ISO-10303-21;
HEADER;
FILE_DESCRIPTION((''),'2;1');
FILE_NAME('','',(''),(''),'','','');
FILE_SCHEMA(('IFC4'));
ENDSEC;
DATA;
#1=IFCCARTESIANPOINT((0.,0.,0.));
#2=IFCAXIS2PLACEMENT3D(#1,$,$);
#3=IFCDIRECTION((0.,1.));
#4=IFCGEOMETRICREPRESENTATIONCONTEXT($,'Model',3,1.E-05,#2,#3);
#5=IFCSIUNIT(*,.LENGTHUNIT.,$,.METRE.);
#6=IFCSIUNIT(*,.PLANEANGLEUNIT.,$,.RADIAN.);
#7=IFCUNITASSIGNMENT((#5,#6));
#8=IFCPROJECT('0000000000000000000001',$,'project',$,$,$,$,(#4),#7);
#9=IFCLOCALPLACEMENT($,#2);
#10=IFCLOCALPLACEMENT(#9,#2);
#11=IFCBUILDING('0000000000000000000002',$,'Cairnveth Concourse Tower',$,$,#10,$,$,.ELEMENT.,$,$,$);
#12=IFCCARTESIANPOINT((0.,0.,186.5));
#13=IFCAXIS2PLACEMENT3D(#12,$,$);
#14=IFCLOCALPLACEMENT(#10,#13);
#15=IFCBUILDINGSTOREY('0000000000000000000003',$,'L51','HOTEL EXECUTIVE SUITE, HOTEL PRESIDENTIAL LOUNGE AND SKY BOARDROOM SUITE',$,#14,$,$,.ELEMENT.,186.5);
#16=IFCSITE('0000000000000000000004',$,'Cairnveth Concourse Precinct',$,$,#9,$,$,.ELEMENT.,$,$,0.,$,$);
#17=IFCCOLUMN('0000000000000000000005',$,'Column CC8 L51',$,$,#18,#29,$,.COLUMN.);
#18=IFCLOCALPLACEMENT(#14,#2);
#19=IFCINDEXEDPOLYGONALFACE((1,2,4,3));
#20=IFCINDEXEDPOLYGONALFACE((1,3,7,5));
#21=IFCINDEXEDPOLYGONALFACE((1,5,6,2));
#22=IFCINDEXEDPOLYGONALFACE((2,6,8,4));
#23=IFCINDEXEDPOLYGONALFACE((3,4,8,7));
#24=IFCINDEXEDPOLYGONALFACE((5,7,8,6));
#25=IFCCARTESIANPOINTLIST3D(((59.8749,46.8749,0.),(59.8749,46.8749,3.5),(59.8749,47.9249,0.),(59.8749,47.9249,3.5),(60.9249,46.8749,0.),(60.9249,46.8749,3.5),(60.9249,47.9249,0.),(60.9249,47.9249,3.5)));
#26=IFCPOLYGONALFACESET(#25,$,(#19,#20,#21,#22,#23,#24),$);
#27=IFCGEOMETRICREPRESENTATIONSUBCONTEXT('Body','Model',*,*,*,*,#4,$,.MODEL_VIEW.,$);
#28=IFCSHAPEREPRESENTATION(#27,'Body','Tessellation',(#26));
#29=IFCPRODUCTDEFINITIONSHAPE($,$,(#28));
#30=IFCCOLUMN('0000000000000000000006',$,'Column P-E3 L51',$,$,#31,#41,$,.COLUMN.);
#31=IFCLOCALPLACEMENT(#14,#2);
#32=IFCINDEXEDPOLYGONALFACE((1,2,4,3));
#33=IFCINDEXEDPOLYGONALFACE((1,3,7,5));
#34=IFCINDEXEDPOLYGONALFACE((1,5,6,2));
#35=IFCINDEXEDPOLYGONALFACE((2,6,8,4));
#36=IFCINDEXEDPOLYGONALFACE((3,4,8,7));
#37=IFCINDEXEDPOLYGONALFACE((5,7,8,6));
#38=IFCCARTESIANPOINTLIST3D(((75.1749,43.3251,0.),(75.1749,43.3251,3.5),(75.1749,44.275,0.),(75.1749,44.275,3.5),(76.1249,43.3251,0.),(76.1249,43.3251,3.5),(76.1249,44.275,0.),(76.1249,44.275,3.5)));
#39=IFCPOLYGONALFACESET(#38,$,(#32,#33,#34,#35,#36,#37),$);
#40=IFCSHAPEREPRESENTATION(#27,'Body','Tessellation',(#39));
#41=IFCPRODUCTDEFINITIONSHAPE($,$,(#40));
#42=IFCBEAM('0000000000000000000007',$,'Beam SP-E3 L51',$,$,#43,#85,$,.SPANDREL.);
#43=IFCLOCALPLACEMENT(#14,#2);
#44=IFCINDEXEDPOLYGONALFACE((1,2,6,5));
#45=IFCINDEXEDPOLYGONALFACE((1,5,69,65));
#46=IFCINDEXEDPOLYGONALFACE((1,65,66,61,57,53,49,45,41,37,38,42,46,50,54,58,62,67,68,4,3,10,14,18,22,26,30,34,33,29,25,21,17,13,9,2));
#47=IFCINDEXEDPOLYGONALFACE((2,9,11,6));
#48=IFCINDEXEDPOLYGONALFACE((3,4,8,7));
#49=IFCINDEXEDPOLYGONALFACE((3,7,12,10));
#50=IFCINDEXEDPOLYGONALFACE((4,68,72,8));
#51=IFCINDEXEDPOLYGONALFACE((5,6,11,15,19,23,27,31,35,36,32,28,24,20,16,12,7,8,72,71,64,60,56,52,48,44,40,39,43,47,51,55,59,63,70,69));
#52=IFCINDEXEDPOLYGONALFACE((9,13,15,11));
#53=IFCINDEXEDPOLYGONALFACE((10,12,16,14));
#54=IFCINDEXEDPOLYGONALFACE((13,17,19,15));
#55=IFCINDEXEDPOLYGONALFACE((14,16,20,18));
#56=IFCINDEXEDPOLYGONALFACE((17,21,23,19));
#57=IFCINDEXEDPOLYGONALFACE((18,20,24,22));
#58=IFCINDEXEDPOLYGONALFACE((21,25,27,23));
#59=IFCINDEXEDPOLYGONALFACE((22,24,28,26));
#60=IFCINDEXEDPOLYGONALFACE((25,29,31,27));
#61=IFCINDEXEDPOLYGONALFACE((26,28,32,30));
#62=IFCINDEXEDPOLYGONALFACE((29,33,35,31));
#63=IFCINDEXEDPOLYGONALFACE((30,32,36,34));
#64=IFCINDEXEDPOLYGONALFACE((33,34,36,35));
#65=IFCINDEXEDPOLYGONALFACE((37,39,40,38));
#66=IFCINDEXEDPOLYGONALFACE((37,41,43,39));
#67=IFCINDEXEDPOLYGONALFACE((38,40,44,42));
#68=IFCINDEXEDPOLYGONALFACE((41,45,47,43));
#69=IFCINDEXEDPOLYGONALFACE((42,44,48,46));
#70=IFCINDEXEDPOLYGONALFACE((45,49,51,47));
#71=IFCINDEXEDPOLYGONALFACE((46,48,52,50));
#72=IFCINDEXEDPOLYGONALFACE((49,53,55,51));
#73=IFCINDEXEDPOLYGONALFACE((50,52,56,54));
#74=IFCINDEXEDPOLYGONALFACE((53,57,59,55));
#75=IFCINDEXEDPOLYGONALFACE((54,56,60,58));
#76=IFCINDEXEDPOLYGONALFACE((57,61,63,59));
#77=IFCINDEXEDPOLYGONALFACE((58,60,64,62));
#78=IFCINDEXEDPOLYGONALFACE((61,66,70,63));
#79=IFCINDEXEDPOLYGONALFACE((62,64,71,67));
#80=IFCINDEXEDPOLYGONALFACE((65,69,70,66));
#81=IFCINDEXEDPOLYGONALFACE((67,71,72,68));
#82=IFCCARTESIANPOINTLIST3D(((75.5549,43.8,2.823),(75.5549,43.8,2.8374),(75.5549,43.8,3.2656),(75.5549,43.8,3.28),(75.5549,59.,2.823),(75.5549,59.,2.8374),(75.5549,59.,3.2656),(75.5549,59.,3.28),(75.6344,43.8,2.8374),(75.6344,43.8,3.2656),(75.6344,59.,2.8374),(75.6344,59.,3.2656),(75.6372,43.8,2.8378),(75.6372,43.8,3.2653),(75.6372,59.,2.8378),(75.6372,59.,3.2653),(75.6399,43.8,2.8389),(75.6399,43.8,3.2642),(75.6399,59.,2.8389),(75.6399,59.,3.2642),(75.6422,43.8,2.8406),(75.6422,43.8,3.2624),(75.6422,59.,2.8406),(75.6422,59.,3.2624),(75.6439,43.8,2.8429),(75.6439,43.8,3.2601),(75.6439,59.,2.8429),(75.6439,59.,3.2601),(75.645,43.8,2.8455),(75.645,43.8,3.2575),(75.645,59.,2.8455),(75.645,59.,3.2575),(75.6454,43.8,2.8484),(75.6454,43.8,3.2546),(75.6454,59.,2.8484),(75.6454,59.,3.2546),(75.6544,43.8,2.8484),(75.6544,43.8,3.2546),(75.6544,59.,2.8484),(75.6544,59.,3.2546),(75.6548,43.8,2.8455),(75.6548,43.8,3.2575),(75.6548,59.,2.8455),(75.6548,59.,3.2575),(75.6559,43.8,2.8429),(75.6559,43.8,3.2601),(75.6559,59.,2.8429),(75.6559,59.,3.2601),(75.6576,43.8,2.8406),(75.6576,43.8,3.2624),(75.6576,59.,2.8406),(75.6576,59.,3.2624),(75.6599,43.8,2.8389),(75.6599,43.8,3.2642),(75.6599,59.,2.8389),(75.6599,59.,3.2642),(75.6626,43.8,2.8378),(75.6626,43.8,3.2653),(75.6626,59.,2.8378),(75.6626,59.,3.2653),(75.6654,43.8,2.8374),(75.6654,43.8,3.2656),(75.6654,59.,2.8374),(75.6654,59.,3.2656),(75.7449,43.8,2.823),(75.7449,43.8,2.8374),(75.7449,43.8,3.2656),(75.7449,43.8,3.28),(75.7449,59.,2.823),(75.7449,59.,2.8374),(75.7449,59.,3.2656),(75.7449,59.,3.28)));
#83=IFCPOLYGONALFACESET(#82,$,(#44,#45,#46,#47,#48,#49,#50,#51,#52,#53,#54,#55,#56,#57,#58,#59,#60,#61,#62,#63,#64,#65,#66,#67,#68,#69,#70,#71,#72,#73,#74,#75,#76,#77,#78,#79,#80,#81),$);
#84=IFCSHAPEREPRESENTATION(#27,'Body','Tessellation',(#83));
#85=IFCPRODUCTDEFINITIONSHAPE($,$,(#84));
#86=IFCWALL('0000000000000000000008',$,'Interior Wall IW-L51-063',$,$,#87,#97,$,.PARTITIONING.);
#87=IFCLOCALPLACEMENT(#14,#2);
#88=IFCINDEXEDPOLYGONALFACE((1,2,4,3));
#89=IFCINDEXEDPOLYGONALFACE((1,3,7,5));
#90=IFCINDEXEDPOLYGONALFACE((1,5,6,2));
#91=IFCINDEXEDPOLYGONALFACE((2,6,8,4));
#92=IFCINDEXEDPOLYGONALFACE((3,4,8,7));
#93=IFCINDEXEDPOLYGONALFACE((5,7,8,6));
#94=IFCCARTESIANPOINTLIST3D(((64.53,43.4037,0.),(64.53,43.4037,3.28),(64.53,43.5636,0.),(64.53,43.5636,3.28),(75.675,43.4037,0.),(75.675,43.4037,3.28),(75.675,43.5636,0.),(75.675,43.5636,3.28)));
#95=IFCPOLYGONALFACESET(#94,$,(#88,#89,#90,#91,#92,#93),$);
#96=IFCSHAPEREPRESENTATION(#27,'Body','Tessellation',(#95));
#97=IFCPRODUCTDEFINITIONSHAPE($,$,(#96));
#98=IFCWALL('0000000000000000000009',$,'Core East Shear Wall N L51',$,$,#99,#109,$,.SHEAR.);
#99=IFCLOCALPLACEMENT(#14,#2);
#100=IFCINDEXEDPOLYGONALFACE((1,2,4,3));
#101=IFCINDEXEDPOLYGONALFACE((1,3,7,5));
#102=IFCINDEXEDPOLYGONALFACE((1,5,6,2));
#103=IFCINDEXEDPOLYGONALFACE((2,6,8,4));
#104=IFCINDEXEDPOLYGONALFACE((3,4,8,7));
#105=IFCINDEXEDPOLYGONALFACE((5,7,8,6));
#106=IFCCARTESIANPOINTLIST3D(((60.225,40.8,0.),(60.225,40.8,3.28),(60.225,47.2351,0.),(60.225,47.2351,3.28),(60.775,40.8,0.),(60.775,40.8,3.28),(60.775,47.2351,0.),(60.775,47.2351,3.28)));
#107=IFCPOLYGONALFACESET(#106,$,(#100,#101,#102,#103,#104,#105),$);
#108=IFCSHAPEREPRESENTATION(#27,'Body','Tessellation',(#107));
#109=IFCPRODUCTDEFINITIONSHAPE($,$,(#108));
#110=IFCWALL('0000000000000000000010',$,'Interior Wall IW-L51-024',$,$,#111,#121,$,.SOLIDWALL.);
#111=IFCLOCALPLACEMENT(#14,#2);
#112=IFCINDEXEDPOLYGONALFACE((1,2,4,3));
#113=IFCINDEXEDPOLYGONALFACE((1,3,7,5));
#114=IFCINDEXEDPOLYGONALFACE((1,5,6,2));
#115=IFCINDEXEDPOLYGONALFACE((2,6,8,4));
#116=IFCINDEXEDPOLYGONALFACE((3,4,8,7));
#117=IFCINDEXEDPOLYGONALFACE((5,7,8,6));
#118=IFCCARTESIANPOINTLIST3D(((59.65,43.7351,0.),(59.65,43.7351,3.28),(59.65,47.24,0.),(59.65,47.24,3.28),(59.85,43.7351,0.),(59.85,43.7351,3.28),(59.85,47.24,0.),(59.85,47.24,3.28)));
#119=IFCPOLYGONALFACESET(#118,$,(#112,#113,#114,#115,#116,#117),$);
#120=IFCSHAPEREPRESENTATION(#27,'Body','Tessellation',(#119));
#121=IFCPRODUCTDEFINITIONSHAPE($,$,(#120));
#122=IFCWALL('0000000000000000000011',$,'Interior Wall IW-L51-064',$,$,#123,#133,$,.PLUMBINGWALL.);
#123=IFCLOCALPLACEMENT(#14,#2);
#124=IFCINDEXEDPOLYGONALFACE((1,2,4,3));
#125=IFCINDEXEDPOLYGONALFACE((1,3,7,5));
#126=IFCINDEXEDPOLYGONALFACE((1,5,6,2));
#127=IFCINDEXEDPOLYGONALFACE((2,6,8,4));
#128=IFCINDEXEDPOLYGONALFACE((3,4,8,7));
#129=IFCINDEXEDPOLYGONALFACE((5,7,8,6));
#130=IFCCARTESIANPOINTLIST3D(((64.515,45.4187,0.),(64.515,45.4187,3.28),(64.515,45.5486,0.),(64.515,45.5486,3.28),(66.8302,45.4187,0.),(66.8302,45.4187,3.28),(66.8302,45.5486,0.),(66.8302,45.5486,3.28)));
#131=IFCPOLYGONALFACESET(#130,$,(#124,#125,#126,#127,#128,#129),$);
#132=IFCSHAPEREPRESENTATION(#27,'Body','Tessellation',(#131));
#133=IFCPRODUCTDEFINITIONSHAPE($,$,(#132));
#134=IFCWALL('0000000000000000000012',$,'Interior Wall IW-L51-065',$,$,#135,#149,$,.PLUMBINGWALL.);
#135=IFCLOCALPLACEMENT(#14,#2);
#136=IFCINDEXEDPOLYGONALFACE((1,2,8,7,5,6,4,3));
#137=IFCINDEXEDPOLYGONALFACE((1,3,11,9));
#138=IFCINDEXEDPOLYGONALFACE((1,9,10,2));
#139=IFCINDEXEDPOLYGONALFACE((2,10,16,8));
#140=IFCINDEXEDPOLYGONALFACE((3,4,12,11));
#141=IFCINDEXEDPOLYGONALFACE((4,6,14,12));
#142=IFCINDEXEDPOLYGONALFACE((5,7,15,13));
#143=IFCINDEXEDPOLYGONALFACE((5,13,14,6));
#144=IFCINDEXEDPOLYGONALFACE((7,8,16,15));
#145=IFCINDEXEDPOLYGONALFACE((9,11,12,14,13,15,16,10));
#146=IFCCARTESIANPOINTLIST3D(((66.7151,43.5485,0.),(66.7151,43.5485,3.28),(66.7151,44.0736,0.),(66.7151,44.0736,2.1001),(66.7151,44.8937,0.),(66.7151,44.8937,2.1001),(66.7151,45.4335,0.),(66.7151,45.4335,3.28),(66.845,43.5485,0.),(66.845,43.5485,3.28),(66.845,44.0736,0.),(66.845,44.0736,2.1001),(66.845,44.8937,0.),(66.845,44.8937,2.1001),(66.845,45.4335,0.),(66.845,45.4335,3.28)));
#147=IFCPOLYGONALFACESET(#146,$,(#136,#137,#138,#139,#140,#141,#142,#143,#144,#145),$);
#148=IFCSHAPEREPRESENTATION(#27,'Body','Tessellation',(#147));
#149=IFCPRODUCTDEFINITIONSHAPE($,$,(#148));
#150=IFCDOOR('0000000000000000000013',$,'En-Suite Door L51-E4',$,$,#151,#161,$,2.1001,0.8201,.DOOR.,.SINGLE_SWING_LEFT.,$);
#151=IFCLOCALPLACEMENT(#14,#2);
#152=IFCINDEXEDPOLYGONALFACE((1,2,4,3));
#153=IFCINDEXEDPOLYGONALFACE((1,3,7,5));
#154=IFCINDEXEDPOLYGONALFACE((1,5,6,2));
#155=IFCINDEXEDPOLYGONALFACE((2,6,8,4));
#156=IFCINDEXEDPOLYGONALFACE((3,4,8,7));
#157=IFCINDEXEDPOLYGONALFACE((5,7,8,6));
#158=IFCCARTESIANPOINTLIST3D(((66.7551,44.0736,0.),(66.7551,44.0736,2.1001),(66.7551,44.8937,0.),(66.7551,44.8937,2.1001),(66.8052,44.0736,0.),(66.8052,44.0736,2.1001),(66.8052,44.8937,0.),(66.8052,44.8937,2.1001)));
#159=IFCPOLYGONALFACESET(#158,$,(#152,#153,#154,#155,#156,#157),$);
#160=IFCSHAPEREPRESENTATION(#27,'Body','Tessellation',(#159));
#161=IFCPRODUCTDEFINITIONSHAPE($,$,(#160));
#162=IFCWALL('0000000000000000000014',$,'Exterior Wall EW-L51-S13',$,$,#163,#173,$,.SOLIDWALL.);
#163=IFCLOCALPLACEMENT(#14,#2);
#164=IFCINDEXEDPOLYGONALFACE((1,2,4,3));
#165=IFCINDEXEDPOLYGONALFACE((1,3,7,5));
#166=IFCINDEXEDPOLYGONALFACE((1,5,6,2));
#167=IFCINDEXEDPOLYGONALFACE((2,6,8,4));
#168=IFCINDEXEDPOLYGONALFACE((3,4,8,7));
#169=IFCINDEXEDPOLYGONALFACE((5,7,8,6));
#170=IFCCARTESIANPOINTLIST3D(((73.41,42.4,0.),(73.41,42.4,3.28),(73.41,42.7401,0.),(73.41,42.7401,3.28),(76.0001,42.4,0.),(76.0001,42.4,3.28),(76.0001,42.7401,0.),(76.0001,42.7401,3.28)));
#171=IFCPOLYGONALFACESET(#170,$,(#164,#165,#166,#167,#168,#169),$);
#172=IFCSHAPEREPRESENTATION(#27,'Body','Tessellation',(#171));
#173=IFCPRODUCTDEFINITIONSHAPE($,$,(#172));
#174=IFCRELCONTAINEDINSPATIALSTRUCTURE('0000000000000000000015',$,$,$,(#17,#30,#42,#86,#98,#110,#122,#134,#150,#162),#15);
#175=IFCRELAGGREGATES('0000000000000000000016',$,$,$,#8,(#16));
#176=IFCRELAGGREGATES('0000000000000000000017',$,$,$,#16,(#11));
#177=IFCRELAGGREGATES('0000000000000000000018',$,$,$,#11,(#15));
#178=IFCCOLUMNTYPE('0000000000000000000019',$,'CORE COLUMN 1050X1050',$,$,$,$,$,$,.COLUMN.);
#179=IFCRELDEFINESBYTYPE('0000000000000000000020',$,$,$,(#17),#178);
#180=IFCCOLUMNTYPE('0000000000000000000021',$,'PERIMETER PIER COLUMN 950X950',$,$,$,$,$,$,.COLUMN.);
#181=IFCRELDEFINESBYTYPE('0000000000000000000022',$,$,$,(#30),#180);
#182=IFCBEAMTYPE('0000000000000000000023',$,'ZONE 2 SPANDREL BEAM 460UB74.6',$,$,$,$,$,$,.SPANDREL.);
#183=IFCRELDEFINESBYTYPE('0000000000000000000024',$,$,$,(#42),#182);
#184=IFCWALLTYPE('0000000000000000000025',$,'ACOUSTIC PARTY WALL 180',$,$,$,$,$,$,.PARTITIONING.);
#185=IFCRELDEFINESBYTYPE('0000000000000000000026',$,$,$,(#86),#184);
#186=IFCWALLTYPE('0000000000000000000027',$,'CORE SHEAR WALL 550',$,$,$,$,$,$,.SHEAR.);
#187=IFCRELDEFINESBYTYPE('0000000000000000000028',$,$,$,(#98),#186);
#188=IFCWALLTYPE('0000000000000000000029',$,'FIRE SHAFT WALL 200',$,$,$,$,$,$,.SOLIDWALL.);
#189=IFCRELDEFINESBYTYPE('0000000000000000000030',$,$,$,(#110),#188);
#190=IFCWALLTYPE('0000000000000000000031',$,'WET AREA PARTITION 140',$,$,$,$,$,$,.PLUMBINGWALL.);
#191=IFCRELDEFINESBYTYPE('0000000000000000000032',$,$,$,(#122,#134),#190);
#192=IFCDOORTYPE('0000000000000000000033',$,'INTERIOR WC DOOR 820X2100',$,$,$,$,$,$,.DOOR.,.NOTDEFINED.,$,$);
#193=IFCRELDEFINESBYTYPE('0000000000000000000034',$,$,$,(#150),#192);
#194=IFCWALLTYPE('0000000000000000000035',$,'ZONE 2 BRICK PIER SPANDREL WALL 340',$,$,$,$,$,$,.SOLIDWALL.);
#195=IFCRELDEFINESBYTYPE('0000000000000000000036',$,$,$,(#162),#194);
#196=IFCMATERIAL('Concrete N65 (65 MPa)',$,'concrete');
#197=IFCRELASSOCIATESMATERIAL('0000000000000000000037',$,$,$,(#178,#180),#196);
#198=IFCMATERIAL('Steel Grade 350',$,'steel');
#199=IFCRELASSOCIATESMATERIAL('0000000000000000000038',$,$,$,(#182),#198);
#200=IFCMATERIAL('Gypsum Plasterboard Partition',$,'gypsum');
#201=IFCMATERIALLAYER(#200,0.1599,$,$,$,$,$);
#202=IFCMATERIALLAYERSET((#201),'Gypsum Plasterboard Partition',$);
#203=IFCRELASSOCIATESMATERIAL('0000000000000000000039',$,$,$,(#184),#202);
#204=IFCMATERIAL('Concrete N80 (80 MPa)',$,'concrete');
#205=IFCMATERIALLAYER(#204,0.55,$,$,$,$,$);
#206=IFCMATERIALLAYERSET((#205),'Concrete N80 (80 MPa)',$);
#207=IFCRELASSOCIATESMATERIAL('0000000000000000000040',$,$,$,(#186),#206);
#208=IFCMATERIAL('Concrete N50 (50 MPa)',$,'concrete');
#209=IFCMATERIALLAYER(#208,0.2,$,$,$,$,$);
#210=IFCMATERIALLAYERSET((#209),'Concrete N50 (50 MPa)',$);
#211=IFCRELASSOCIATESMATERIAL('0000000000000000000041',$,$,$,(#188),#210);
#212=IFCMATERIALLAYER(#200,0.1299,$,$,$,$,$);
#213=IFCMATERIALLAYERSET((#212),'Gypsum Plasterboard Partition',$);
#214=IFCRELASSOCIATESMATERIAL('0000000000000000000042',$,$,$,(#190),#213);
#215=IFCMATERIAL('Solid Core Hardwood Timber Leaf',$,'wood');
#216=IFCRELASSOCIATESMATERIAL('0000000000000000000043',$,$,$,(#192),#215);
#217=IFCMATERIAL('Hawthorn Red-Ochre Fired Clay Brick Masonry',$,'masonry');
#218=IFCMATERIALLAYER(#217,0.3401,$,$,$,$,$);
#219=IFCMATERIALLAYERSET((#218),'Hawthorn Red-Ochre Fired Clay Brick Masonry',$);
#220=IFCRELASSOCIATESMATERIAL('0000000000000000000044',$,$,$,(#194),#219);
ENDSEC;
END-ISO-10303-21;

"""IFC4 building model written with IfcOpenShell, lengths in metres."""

from ifc_helpers import new_model, si_unit, direction, frame, frame_2d, origin, origin_2d, place, context, subcontext, project, spatial, rectangle, i_section, extrude, material, layer, layer_set, material_profile, profile_set, type_object, element, fill, save


model = new_model("IFC4")

# Units and contexts
model_context = context("Model", 3, precision=1e-05, world=origin(), true_north=direction((0.0, 1.0)))
body_context = subcontext(model_context, "Body", "Model", "MODEL_VIEW")
ifc_project = project(units=[si_unit("LENGTHUNIT", "METRE"), si_unit("PLANEANGLEUNIT", "RADIAN")], contexts=[model_context])

# Site, building, storey
site_placement = place(None, origin())
site = spatial("IfcSite", under=ifc_project, at=site_placement, Name="Cairnveth Concourse Precinct", CompositionType="ELEMENT", RefElevation=0.0)
building_placement = place(site_placement, origin())
building = spatial("IfcBuilding", under=site, at=building_placement, Name="Cairnveth Concourse Tower", CompositionType="ELEMENT")
storey_placement = place(building_placement, frame((0.0, 0.0, 186.5)))
storey = spatial("IfcBuildingStorey", under=building, at=storey_placement, Name="L51", Description="HOTEL EXECUTIVE SUITE, HOTEL PRESIDENTIAL LOUNGE AND SKY BOARDROOM SUITE", CompositionType="ELEMENT", Elevation=186.5)

# Columns
ifc_material_1 = material(Name="Concrete N65 (65 MPa)", Category="concrete")
ifc_material_profile_1 = material_profile(ifc_material_1, rectangle(XDim=1.05, YDim=1.05, at=origin_2d()), Name="RC-COL-1050x1050")
ifc_profile_set_1 = profile_set([ifc_material_profile_1], Name="Concrete N65 (65 MPa)")
column_type_1 = type_object("IfcColumnType", Name="CORE COLUMN 1050X1050", PredefinedType="COLUMN", material=ifc_profile_set_1)
column_1_placement = place(storey_placement, frame((60.3999, 47.3999, 0.0), z_axis=(0.0, 0.0, 1.0), x_axis=(1.0, 0.0, 0.0)))
element("IfcColumn", 1, at=column_1_placement, inside=storey, type_object=column_type_1, Name="Column CC8 L51", PredefinedType="COLUMN", context=body_context, shape_type="SweptSolid", body=[
    extrude(rectangle(XDim=1.05, YDim=1.05, at=origin_2d()), origin(), (0.0, 0.0, 1.0), 3.5),
])
ifc_material_profile_2 = material_profile(ifc_material_1, rectangle(XDim=0.95, YDim=0.95, at=origin_2d()), Name="RC-COL-950x950")
ifc_profile_set_2 = profile_set([ifc_material_profile_2], Name="Concrete N65 (65 MPa)")
column_type_2 = type_object("IfcColumnType", Name="PERIMETER PIER COLUMN 950X950", PredefinedType="COLUMN", material=ifc_profile_set_2)
column_2_placement = place(storey_placement, frame((75.6499, 43.8, 0.0), z_axis=(0.0, 0.0, 1.0), x_axis=(0.0, 1.0, 0.0)))
element("IfcColumn", 2, at=column_2_placement, inside=storey, type_object=column_type_2, Name="Column P-E3 L51", PredefinedType="COLUMN", context=body_context, shape_type="SweptSolid", body=[
    extrude(rectangle(XDim=0.95, YDim=0.95, at=origin_2d()), origin(), (0.0, 0.0, 1.0), 3.5),
])

# Beam
ifc_material_2 = material(Name="Steel Grade 350", Category="steel")
ifc_material_profile_3 = material_profile(ifc_material_2, i_section(OverallWidth=0.1899, OverallDepth=0.457, WebThickness=0.009, FlangeThickness=0.0144, FilletRadius=0.011, at=origin_2d()), Name="460UB74.6")
ifc_profile_set_3 = profile_set([ifc_material_profile_3], Name="Steel Grade 350")
beam_type = type_object("IfcBeamType", Name="ZONE 2 SPANDREL BEAM 460UB74.6", PredefinedType="SPANDREL", material=ifc_profile_set_3)
beam_placement = place(storey_placement, frame((75.6499, 43.8, 3.0515), z_axis=(0.0, 1.0, 0.0), x_axis=(-1.0, 0.0, 0.0)))
element("IfcBeam", 3, at=beam_placement, inside=storey, type_object=beam_type, Name="Beam SP-E3 L51", PredefinedType="SPANDREL", context=body_context, shape_type="SweptSolid", body=[
    extrude(i_section(OverallWidth=0.1899, OverallDepth=0.457, WebThickness=0.009, FlangeThickness=0.0144, FilletRadius=0.011, at=origin_2d()), origin(), (0.0, 0.0, 1.0), 15.2),
])

# Walls
ifc_material_3 = material(Name="Gypsum Plasterboard Partition", Category="gypsum")
ifc_layer_1 = layer(ifc_material_3, 0.1599)
ifc_layer_set_1 = layer_set([ifc_layer_1], Name="Gypsum Plasterboard Partition")
wall_type_1 = type_object("IfcWallType", Name="ACOUSTIC PARTY WALL 180", PredefinedType="PARTITIONING", material=ifc_layer_set_1)
wall_1_placement = place(storey_placement, frame((64.53, 43.4836, 0.0), z_axis=(0.0, 0.0, 1.0), x_axis=(1.0, 0.0, 0.0)))
element("IfcWall", 4, at=wall_1_placement, inside=storey, type_object=wall_type_1, Name="Interior Wall IW-L51-063", PredefinedType="PARTITIONING", context=body_context, shape_type="SweptSolid", body=[
    extrude(rectangle(XDim=11.145, YDim=0.1599, at=frame_2d((5.5725, 0.0))), origin(), (0.0, 0.0, 1.0), 3.28),
])
ifc_material_4 = material(Name="Concrete N80 (80 MPa)", Category="concrete")
ifc_layer_2 = layer(ifc_material_4, 0.55)
ifc_layer_set_2 = layer_set([ifc_layer_2], Name="Concrete N80 (80 MPa)")
wall_type_2 = type_object("IfcWallType", Name="CORE SHEAR WALL 550", PredefinedType="SHEAR", material=ifc_layer_set_2)
wall_2_placement = place(storey_placement, frame((60.5, 40.8, 0.0), z_axis=(0.0, 0.0, 1.0), x_axis=(0.0, 1.0, 0.0)))
element("IfcWall", 5, at=wall_2_placement, inside=storey, type_object=wall_type_2, Name="Core East Shear Wall N L51", PredefinedType="SHEAR", context=body_context, shape_type="SweptSolid", body=[
    extrude(rectangle(XDim=6.4351, YDim=0.55, at=frame_2d((3.2175, 0.0))), origin(), (0.0, 0.0, 1.0), 3.28),
])

# Shared definitions
ifc_material_5 = material(Name="Concrete N50 (50 MPa)", Category="concrete")
ifc_layer_3 = layer(ifc_material_5, 0.2)
ifc_layer_set_3 = layer_set([ifc_layer_3], Name="Concrete N50 (50 MPa)")
wall_type_3 = type_object("IfcWallType", Name="FIRE SHAFT WALL 200", PredefinedType="SOLIDWALL", material=ifc_layer_set_3)

# Walls
wall_3_placement = place(storey_placement, frame((59.75, 43.7351, 0.0), z_axis=(0.0, 0.0, 1.0), x_axis=(0.0, 1.0, 0.0)))
element("IfcWall", 6, at=wall_3_placement, inside=storey, type_object=wall_type_3, Name="Interior Wall IW-L51-024", PredefinedType="SOLIDWALL", context=body_context, shape_type="SweptSolid", body=[
    extrude(rectangle(XDim=3.5049, YDim=0.2, at=frame_2d((1.7524, 0.0))), origin(), (0.0, 0.0, 1.0), 3.28),
])
ifc_layer_4 = layer(ifc_material_3, 0.1299)
ifc_layer_set_4 = layer_set([ifc_layer_4], Name="Gypsum Plasterboard Partition")
wall_type_4 = type_object("IfcWallType", Name="WET AREA PARTITION 140", PredefinedType="PLUMBINGWALL", material=ifc_layer_set_4)
wall_4_placement = place(storey_placement, frame((64.5149, 45.4836, 0.0), z_axis=(0.0, 0.0, 1.0), x_axis=(1.0, 0.0, 0.0)))
element("IfcWall", 7, at=wall_4_placement, inside=storey, type_object=wall_type_4, Name="Interior Wall IW-L51-064", PredefinedType="PLUMBINGWALL", context=body_context, shape_type="SweptSolid", body=[
    extrude(rectangle(XDim=2.3152, YDim=0.1299, at=frame_2d((1.1577, 0.0))), origin(), (0.0, 0.0, 1.0), 3.28),
])

# Wall, opening, door
wall_5_placement = place(storey_placement, frame((66.78, 43.5486, 0.0), z_axis=(0.0, 0.0, 1.0), x_axis=(0.0, 1.0, 0.0)))
wall_5 = element("IfcWall", 8, at=wall_5_placement, inside=storey, type_object=wall_type_4, Name="Interior Wall IW-L51-065", PredefinedType="PLUMBINGWALL", context=body_context, shape_type="SweptSolid", body=[
    extrude(rectangle(XDim=1.885, YDim=0.1299, at=frame_2d((0.9424, 0.0))), origin(), (0.0, 0.0, 1.0), 3.28),
])
opening_1_placement = place(wall_5_placement, frame((0.5249, 0.0, 0.0)))
opening_1 = element("IfcOpeningElement", 9, at=opening_1_placement, cuts=wall_5, PredefinedType="OPENING", context=body_context, shape_type="SweptSolid", body=[
    extrude(rectangle(XDim=0.8201, YDim=2.1001, at=frame_2d((0.4102, 1.05))), frame((0.0, 0.075, 0.0), z_axis=(0.0, -1.0, 0.0), x_axis=(1.0, 0.0, 0.0)), (0.0, 0.0, 1.0), 0.1499),
])
ifc_material_6 = material(Name="Solid Core Hardwood Timber Leaf", Category="wood")
door_type_1 = type_object("IfcDoorType", Name="INTERIOR WC DOOR 820X2100", OperationType="NOTDEFINED", PredefinedType="DOOR", material=ifc_material_6)
door_1_placement = place(opening_1_placement, origin())
door_1 = element("IfcDoor", 10, at=door_1_placement, inside=storey, type_object=door_type_1, Name="En-Suite Door L51-E4", OperationType="SINGLE_SWING_LEFT", OverallHeight=2.1001, OverallWidth=0.8201, PredefinedType="DOOR", context=body_context, shape_type="SweptSolid", body=[
    extrude(rectangle(XDim=0.8201, YDim=2.1001, at=frame_2d((0.4102, 1.05))), frame((0.0, 0.0249, 0.0), z_axis=(0.0, -1.0, 0.0), x_axis=(1.0, 0.0, 0.0)), (0.0, 0.0, 1.0), 0.05),
])
fill(opening_1, door_1)

# Wall
ifc_material_7 = material(Name="Hawthorn Red-Ochre Fired Clay Brick Masonry", Category="masonry")
ifc_layer_5 = layer(ifc_material_7, 0.3401)
ifc_layer_set_5 = layer_set([ifc_layer_5], Name="Hawthorn Red-Ochre Fired Clay Brick Masonry")
wall_type_5 = type_object("IfcWallType", Name="ZONE 2 BRICK PIER SPANDREL WALL 340", PredefinedType="SOLIDWALL", material=ifc_layer_set_5)
wall_6_placement = place(storey_placement, frame((76.0, 42.5701, 0.0), z_axis=(0.0, 0.0, 1.0), x_axis=(-1.0, 0.0, 0.0)))
element("IfcWall", 11, at=wall_6_placement, inside=storey, type_object=wall_type_5, Name="Exterior Wall EW-L51-S13", PredefinedType="SOLIDWALL", context=body_context, shape_type="SweptSolid", body=[
    extrude(rectangle(XDim=2.5901, YDim=0.3401, at=frame_2d((1.2949, 0.0))), origin(), (0.0, 0.0, 1.0), 3.28),
])

save(model, "model.ifc")
